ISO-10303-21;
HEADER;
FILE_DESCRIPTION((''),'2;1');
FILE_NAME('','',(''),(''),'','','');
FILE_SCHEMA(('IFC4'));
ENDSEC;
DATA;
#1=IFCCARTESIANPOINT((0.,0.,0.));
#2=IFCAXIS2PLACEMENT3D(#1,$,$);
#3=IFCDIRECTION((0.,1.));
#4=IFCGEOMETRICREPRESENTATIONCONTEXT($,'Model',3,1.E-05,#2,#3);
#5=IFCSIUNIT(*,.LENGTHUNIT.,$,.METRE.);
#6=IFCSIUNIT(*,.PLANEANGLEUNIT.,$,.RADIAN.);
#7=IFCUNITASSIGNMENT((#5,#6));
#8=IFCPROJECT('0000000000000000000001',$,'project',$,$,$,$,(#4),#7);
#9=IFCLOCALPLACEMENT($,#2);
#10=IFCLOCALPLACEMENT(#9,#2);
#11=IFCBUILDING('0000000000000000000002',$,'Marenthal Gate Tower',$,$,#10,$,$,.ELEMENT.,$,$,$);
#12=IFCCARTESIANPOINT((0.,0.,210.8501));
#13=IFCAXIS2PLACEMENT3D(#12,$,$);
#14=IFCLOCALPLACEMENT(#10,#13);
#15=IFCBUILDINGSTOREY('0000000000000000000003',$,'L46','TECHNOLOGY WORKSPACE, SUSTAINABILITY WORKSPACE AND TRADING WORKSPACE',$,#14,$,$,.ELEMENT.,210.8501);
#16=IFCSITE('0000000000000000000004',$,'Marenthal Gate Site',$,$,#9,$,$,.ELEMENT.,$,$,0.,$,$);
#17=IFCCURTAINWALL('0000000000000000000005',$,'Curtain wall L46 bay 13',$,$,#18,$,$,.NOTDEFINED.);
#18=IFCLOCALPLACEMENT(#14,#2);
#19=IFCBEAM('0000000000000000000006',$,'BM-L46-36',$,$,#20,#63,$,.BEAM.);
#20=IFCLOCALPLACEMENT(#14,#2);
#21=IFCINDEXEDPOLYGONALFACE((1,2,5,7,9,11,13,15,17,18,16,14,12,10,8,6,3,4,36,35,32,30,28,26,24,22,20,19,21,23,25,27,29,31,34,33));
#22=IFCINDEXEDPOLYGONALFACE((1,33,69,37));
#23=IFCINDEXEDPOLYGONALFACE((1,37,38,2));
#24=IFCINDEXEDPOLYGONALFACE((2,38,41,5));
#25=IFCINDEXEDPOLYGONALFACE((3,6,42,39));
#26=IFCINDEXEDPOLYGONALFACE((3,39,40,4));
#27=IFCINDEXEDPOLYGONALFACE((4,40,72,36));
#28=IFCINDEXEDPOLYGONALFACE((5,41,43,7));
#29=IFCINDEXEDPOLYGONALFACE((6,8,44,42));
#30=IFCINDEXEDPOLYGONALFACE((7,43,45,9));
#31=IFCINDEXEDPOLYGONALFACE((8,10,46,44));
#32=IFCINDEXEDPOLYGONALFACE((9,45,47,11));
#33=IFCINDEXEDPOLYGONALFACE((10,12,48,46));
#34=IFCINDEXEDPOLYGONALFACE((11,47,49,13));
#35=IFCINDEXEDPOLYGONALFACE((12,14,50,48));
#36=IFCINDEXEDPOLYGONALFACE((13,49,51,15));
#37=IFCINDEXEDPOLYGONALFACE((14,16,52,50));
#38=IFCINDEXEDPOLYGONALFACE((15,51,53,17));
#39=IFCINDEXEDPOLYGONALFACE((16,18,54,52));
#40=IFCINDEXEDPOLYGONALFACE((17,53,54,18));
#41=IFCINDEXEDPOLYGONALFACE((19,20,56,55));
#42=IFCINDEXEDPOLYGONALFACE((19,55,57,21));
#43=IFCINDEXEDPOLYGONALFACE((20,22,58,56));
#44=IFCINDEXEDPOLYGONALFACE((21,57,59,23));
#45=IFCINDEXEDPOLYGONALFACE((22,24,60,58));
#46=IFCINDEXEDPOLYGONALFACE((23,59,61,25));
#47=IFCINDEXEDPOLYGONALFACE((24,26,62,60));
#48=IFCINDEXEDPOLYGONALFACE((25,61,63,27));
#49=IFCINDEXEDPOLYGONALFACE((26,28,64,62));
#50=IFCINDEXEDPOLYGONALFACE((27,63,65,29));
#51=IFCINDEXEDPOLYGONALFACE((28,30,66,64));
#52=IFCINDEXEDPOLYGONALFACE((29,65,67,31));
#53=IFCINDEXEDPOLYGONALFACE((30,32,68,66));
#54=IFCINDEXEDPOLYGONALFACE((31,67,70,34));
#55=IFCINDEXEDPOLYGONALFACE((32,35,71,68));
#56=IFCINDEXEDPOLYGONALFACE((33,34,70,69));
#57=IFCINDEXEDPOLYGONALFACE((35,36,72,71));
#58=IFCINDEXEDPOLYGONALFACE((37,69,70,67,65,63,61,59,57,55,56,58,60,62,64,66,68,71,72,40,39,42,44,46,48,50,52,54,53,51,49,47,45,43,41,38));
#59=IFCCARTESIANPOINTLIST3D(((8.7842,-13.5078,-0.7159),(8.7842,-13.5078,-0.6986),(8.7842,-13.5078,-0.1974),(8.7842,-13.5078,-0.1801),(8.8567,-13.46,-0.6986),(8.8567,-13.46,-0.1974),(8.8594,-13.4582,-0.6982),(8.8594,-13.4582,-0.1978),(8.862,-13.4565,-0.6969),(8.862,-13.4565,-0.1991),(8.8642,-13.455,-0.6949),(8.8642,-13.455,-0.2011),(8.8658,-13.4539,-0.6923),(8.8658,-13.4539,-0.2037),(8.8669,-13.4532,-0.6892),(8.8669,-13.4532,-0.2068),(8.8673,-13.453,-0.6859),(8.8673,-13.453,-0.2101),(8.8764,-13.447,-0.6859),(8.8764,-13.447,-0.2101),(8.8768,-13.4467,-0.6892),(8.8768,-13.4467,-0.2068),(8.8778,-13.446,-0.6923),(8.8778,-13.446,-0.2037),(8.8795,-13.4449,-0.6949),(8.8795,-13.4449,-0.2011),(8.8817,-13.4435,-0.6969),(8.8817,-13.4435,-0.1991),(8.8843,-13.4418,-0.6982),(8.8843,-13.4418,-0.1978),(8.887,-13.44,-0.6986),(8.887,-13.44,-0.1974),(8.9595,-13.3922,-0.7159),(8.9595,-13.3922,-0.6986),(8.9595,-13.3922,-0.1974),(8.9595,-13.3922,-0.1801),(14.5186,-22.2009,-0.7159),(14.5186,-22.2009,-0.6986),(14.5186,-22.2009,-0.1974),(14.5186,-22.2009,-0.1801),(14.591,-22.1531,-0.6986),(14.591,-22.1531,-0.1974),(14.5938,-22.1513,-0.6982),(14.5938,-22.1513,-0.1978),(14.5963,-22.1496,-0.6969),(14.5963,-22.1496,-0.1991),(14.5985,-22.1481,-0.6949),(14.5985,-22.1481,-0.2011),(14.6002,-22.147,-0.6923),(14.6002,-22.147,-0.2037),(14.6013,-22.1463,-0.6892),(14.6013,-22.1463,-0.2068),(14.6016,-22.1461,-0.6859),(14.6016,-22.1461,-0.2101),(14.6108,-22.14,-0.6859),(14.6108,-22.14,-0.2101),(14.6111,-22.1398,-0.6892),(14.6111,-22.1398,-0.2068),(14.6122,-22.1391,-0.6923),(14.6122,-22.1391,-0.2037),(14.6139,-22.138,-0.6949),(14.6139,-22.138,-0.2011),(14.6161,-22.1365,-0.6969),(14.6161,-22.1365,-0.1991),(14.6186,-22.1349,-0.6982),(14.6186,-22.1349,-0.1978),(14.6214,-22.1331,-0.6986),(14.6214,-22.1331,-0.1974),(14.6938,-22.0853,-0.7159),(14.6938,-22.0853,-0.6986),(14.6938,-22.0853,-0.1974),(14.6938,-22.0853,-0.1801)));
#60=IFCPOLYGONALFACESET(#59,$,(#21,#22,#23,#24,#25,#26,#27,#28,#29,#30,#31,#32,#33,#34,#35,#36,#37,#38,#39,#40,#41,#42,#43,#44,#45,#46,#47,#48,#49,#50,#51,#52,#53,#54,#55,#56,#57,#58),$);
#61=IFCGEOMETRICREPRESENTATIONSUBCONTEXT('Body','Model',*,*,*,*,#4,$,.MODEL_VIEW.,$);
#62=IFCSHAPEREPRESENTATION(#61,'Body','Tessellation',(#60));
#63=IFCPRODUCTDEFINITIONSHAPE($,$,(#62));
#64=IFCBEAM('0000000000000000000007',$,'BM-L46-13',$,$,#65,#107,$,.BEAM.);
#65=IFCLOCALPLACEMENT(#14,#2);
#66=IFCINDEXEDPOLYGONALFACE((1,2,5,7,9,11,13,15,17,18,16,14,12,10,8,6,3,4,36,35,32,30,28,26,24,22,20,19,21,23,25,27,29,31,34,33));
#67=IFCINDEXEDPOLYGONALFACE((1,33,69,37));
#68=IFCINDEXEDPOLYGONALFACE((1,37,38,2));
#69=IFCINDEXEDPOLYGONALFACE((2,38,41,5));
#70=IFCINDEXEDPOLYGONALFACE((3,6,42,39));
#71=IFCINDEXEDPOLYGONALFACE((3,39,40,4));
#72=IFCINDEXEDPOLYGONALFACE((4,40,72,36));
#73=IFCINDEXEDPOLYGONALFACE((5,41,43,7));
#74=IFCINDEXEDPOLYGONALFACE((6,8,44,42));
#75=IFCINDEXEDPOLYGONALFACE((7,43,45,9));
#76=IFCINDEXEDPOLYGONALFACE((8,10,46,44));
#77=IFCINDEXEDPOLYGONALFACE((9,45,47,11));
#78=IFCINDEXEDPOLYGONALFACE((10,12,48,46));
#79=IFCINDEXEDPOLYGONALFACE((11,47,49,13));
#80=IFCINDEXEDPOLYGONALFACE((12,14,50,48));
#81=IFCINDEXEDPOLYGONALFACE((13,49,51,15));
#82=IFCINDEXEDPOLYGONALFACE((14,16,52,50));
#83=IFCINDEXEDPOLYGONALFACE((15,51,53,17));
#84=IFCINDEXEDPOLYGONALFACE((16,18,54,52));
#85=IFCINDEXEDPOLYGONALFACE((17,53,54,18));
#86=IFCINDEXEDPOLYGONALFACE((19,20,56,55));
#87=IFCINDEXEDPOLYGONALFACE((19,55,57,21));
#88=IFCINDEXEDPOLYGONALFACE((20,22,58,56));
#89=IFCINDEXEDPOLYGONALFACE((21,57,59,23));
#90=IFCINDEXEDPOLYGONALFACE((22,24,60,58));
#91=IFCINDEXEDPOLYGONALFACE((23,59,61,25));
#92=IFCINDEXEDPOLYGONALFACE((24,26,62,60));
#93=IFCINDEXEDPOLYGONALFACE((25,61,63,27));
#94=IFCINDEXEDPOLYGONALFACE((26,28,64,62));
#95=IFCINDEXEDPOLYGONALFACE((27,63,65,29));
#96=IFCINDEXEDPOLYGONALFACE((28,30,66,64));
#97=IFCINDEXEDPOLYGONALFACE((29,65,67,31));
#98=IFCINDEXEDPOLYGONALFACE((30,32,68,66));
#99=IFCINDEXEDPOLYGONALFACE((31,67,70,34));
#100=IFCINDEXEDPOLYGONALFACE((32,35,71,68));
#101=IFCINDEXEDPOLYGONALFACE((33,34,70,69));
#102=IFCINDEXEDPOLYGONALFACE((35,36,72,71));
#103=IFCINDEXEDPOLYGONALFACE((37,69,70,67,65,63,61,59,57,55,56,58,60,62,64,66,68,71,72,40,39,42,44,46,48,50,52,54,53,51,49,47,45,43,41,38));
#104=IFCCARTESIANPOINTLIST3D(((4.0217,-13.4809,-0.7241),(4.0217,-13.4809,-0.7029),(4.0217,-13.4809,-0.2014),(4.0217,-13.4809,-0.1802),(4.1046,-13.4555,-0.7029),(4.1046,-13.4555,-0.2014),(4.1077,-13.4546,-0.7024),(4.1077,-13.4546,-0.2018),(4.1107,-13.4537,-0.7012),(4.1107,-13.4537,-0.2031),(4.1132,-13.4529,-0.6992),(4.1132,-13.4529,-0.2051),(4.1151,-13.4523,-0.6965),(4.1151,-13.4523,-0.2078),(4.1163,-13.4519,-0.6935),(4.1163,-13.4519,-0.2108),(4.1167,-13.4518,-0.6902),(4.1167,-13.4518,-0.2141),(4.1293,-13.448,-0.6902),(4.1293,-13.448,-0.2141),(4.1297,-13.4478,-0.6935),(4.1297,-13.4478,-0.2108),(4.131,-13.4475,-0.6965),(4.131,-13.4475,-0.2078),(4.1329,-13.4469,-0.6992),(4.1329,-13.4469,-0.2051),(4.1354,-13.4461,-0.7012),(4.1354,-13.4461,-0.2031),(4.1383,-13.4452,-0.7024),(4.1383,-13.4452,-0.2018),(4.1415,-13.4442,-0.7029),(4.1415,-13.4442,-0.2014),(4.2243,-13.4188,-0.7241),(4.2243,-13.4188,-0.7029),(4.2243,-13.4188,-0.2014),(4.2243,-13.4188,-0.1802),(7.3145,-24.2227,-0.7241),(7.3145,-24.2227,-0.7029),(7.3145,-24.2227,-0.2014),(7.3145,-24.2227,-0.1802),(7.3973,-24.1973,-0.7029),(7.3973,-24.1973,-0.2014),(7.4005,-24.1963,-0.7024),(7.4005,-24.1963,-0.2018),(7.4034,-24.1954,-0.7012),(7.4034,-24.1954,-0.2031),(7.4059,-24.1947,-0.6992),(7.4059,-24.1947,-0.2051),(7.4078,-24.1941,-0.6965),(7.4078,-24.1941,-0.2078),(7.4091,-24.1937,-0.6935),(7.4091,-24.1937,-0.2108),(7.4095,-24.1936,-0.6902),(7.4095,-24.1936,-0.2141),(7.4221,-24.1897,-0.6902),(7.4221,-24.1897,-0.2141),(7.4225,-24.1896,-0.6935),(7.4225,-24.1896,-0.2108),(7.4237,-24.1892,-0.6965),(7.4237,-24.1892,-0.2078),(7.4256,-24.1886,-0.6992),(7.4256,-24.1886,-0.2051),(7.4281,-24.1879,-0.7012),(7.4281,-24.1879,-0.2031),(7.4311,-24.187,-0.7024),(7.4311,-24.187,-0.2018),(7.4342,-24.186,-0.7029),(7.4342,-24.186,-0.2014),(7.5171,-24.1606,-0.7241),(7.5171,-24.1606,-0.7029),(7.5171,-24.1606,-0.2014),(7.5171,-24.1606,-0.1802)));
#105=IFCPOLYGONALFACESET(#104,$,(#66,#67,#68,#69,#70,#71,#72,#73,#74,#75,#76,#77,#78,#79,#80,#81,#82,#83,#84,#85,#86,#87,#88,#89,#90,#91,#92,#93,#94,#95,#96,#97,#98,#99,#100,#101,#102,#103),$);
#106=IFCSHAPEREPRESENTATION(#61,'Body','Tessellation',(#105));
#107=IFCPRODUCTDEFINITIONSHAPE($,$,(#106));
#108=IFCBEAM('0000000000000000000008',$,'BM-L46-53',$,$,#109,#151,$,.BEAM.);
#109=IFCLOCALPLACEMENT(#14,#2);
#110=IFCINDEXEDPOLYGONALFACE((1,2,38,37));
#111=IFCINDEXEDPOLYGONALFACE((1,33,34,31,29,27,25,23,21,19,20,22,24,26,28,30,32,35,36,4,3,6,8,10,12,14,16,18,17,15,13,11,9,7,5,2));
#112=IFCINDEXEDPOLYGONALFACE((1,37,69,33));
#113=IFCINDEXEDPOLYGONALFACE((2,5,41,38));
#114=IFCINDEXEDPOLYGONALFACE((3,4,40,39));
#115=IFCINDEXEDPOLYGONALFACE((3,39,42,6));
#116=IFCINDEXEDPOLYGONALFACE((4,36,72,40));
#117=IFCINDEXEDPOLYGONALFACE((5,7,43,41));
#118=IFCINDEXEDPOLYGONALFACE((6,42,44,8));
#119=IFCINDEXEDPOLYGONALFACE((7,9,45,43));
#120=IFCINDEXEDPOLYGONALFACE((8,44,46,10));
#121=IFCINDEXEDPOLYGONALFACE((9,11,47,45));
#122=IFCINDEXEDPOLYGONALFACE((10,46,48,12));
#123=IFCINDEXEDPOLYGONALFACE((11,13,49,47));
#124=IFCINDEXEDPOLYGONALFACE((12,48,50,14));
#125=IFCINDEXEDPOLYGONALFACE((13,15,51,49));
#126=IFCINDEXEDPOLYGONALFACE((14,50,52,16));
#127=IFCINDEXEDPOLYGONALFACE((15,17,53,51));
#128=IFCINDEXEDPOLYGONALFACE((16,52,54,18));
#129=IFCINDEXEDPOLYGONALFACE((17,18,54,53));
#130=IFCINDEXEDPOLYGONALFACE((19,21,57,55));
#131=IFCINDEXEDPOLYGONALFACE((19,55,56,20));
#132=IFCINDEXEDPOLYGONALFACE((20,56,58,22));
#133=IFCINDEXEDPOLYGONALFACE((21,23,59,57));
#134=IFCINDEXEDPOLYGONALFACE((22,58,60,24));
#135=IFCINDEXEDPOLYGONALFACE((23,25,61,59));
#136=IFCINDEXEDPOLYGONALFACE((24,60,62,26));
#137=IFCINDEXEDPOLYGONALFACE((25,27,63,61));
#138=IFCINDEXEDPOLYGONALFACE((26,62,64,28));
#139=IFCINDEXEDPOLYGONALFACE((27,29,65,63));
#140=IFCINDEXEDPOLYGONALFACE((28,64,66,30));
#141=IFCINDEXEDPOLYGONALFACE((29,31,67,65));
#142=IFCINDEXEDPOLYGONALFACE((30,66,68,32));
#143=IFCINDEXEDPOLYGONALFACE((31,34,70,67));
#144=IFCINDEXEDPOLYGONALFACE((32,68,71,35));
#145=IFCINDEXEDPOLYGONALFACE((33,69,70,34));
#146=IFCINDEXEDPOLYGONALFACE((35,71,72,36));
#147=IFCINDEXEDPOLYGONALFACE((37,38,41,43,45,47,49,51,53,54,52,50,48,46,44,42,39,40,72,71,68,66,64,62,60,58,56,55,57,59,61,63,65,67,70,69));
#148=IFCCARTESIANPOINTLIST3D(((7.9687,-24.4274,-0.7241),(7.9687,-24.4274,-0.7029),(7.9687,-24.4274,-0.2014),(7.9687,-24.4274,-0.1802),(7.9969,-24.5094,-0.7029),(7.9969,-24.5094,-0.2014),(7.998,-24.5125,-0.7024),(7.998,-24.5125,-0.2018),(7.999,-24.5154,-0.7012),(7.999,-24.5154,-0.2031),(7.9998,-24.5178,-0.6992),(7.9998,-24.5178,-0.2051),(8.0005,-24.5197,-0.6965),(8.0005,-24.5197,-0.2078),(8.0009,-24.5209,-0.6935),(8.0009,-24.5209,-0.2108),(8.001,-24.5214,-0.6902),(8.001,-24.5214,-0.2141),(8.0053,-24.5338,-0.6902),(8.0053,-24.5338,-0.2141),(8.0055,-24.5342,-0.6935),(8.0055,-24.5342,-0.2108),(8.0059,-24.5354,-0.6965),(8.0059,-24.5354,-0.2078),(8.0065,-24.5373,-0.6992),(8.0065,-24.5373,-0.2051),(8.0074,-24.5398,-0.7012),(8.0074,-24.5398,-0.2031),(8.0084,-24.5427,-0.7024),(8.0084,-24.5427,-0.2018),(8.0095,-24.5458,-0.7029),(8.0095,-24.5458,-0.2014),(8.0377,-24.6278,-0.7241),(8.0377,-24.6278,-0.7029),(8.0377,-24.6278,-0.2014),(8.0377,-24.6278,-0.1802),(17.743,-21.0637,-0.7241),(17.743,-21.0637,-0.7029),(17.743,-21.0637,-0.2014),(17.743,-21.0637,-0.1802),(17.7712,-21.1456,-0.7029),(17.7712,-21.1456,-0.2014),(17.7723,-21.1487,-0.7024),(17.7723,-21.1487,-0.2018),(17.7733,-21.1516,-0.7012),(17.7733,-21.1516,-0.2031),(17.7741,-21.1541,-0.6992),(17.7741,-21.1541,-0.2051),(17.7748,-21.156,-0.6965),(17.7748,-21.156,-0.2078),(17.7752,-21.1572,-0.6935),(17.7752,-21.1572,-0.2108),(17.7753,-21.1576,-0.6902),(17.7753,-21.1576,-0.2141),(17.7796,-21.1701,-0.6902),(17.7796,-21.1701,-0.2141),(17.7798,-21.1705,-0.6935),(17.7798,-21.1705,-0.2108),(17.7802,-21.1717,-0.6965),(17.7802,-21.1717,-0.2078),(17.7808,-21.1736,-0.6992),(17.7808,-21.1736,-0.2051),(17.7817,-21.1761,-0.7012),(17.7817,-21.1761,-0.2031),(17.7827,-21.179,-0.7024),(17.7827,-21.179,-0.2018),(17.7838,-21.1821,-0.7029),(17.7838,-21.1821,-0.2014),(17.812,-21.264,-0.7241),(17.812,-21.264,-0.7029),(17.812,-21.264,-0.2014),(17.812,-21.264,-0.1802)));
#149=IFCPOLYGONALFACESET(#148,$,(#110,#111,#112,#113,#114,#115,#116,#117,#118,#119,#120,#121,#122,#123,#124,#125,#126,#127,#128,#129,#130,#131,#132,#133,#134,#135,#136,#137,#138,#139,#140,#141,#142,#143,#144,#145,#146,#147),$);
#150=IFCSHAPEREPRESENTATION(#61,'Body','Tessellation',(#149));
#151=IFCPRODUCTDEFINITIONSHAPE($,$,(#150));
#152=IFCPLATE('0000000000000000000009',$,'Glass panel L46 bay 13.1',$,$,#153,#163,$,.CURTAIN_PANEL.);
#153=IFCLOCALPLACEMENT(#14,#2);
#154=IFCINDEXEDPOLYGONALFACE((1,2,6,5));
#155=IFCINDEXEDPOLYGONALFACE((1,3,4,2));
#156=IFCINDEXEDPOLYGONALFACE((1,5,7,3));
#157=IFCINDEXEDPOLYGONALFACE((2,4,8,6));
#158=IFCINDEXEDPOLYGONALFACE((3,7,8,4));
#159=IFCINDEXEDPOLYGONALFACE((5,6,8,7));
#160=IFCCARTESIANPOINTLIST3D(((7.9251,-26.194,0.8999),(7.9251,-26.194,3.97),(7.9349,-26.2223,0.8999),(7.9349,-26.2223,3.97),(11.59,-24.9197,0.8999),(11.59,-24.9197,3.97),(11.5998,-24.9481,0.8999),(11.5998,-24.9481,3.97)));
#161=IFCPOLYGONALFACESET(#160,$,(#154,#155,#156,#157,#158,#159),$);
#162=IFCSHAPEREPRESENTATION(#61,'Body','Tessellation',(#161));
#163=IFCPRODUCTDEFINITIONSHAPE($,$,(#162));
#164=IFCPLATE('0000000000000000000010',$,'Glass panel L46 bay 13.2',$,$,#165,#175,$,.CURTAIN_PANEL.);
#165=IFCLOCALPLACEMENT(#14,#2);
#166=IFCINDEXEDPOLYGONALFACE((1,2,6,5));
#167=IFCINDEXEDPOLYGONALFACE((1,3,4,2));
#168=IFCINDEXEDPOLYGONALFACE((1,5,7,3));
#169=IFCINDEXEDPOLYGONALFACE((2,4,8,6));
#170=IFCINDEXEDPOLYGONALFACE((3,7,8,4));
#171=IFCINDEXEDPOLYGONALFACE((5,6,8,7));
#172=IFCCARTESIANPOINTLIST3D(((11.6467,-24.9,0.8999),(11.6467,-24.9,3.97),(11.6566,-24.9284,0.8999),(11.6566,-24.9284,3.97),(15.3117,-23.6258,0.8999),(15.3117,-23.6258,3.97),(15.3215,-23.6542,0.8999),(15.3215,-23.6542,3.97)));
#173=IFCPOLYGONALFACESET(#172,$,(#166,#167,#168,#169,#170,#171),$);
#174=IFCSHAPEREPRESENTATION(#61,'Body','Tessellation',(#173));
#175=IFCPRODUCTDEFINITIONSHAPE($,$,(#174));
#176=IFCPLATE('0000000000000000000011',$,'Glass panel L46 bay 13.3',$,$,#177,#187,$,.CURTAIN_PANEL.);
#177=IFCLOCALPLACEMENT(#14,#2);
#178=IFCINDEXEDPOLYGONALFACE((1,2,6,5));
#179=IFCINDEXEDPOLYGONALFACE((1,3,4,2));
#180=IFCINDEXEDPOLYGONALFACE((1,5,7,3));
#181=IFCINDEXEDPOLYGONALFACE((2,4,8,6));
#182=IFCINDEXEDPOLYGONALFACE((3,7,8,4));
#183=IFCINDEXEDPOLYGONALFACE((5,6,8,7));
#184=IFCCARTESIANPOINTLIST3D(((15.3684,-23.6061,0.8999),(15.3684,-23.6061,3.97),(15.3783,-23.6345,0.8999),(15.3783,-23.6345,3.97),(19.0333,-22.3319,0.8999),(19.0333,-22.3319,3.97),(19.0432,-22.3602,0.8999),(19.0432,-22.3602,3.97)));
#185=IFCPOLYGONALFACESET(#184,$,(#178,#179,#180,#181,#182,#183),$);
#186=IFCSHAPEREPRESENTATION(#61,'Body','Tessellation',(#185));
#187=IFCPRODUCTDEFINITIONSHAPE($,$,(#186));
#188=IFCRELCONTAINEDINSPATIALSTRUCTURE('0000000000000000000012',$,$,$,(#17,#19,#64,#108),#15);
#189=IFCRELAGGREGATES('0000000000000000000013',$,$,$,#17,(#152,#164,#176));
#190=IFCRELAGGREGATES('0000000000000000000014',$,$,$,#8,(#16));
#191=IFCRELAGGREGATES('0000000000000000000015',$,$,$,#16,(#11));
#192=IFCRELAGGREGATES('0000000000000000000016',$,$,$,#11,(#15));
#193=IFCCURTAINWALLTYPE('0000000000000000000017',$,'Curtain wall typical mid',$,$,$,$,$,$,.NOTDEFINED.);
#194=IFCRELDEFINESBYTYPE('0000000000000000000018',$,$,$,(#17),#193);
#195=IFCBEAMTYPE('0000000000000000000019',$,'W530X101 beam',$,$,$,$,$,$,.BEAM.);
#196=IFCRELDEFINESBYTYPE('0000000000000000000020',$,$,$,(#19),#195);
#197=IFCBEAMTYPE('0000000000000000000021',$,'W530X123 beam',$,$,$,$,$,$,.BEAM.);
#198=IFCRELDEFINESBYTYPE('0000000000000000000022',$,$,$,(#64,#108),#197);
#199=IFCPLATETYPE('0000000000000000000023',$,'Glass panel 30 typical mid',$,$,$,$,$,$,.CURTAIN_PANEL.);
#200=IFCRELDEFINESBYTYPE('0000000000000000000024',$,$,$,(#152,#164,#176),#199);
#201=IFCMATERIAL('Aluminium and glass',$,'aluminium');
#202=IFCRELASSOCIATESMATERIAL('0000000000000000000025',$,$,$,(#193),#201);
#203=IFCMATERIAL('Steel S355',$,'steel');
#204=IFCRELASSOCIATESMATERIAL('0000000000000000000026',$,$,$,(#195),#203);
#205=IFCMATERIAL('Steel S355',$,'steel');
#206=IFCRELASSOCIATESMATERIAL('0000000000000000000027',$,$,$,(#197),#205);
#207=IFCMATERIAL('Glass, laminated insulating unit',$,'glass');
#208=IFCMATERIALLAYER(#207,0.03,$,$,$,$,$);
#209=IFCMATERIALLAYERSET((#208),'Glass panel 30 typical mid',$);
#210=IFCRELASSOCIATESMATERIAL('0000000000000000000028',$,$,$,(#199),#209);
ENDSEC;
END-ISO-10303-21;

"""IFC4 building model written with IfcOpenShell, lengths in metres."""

from ifc_helpers import new_model, si_unit, direction, frame, origin, origin_2d, place, context, subcontext, project, spatial, rectangle, i_section, extrude, material, layer, layer_set, material_profile, profile_set, type_object, element, aggregate, save


model = new_model("IFC4")

# Units and contexts
model_context = context("Model", 3, precision=1e-05, world=origin(), true_north=direction((0.0, 1.0)))
body_context = subcontext(model_context, "Body", "Model", "MODEL_VIEW")
ifc_project = project(units=[si_unit("LENGTHUNIT", "METRE"), si_unit("PLANEANGLEUNIT", "RADIAN")], contexts=[model_context])

# Site, building, storey
site_placement = place(None, origin())
site = spatial("IfcSite", under=ifc_project, at=site_placement, Name="Marenthal Gate Site", CompositionType="ELEMENT", RefElevation=0.0)
building_placement = place(site_placement, origin())
building = spatial("IfcBuilding", under=site, at=building_placement, Name="Marenthal Gate Tower", CompositionType="ELEMENT")
storey_placement = place(building_placement, frame((0.0, 0.0, 210.8501)))
storey = spatial("IfcBuildingStorey", under=building, at=storey_placement, Name="L46", Description="TECHNOLOGY WORKSPACE, SUSTAINABILITY WORKSPACE AND TRADING WORKSPACE", CompositionType="ELEMENT", Elevation=210.8501)

# Curtain wall
ifc_material_1 = material(Name="Aluminium and glass", Category="aluminium")
curtain_wall_type = type_object("IfcCurtainWallType", Name="Curtain wall typical mid", PredefinedType="NOTDEFINED", material=ifc_material_1)
curtain_wall_placement = place(storey_placement, origin())
curtain_wall = element("IfcCurtainWall", 1, at=curtain_wall_placement, inside=storey, type_object=curtain_wall_type, Name="Curtain wall L46 bay 13", PredefinedType="NOTDEFINED")

# Beams
ifc_material_2 = material(Name="Steel S355", Category="steel")
ifc_material_profile_1 = material_profile(ifc_material_2, i_section(OverallWidth=0.21, OverallDepth=0.5359, WebThickness=0.011, FlangeThickness=0.0173, FilletRadius=0.0127, at=origin_2d()), Name="W530X101")
ifc_profile_set_1 = profile_set([ifc_material_profile_1], Name="Steel S355")
beam_type_1 = type_object("IfcBeamType", Name="W530X101 beam", PredefinedType="BEAM", material=ifc_profile_set_1)
beam_1_placement = place(storey_placement, frame((14.6062, -22.1431, -0.448), z_axis=(-0.550636, 0.834745, 0.0), x_axis=(-0.834745, -0.550636, 0.0)))
element("IfcBeam", 2, at=beam_1_placement, inside=storey, type_object=beam_type_1, Name="BM-L46-36", PredefinedType="BEAM", context=body_context, shape_type="SweptSolid", body=[
    extrude(i_section(OverallWidth=0.21, OverallDepth=0.5359, WebThickness=0.011, FlangeThickness=0.0173, FilletRadius=0.0127, at=origin_2d()), origin(), (0.0, 0.0, 1.0), 10.4141),
])
ifc_material_3 = material(Name="Steel S355", Category="steel")
ifc_material_profile_2 = material_profile(ifc_material_3, i_section(OverallWidth=0.2119, OverallDepth=0.5439, WebThickness=0.0132, FlangeThickness=0.0212, FilletRadius=0.0127, at=origin_2d()), Name="W530X123")
ifc_profile_set_2 = profile_set([ifc_material_profile_2], Name="Steel S355")
beam_type_2 = type_object("IfcBeamType", Name="W530X123 beam", PredefinedType="BEAM", material=ifc_profile_set_2)
beam_2_placement = place(storey_placement, frame((7.4158, -24.1917, -0.4521), z_axis=(-0.293076, 0.956089, 0.0), x_axis=(-0.956089, -0.293076, 0.0)))
element("IfcBeam", 3, at=beam_2_placement, inside=storey, type_object=beam_type_2, Name="BM-L46-13", PredefinedType="BEAM", context=body_context, shape_type="SweptSolid", body=[
    extrude(i_section(OverallWidth=0.2119, OverallDepth=0.5439, WebThickness=0.0132, FlangeThickness=0.0212, FilletRadius=0.0127, at=origin_2d()), origin(), (0.0, 0.0, 1.0), 11.2351),
])
beam_3_placement = place(storey_placement, frame((8.0032, -24.5276, -0.4521), z_axis=(0.945573, 0.32541, 0.0), x_axis=(-0.32541, 0.945573, 0.0)))
element("IfcBeam", 4, at=beam_3_placement, inside=storey, type_object=beam_type_2, Name="BM-L46-53", PredefinedType="BEAM", context=body_context, shape_type="SweptSolid", body=[
    extrude(i_section(OverallWidth=0.2119, OverallDepth=0.5439, WebThickness=0.0132, FlangeThickness=0.0212, FilletRadius=0.0127, at=origin_2d()), origin(), (0.0, 0.0, 1.0), 10.3369),
])

# Plates
ifc_material_4 = material(Name="Glass, laminated insulating unit", Category="glass")
ifc_layer = layer(ifc_material_4, 0.03)
ifc_layer_set = layer_set([ifc_layer], Name="Glass panel 30 typical mid")
plate_type = type_object("IfcPlateType", Name="Glass panel 30 typical mid", PredefinedType="CURTAIN_PANEL", material=ifc_layer_set)
plate_1_placement = place(storey_placement, frame((9.7625, -25.571, 0.8999), z_axis=(0.0, 0.0, 1.0), x_axis=(0.944539, 0.3284, 0.0)))
plate_1 = element("IfcPlate", 5, at=plate_1_placement, type_object=plate_type, Name="Glass panel L46 bay 13.1", PredefinedType="CURTAIN_PANEL", context=body_context, shape_type="SweptSolid", body=[
    extrude(rectangle(XDim=3.8801, YDim=0.03, at=origin_2d()), origin(), (0.0, 0.0, 1.0), 3.0701),
])
plate_2_placement = place(storey_placement, frame((13.4841, -24.2771, 0.8999), z_axis=(0.0, 0.0, 1.0), x_axis=(0.944539, 0.3284, 0.0)))
plate_2 = element("IfcPlate", 6, at=plate_2_placement, type_object=plate_type, Name="Glass panel L46 bay 13.2", PredefinedType="CURTAIN_PANEL", context=body_context, shape_type="SweptSolid", body=[
    extrude(rectangle(XDim=3.8801, YDim=0.03, at=origin_2d()), origin(), (0.0, 0.0, 1.0), 3.0701),
])
plate_3_placement = place(storey_placement, frame((17.2058, -22.9832, 0.8999), z_axis=(0.0, 0.0, 1.0), x_axis=(0.944539, 0.3284, 0.0)))
plate_3 = element("IfcPlate", 7, at=plate_3_placement, type_object=plate_type, Name="Glass panel L46 bay 13.3", PredefinedType="CURTAIN_PANEL", context=body_context, shape_type="SweptSolid", body=[
    extrude(rectangle(XDim=3.8801, YDim=0.03, at=origin_2d()), origin(), (0.0, 0.0, 1.0), 3.0701),
])
aggregate(curtain_wall, [plate_1, plate_2, plate_3])

save(model, "model.ifc")
